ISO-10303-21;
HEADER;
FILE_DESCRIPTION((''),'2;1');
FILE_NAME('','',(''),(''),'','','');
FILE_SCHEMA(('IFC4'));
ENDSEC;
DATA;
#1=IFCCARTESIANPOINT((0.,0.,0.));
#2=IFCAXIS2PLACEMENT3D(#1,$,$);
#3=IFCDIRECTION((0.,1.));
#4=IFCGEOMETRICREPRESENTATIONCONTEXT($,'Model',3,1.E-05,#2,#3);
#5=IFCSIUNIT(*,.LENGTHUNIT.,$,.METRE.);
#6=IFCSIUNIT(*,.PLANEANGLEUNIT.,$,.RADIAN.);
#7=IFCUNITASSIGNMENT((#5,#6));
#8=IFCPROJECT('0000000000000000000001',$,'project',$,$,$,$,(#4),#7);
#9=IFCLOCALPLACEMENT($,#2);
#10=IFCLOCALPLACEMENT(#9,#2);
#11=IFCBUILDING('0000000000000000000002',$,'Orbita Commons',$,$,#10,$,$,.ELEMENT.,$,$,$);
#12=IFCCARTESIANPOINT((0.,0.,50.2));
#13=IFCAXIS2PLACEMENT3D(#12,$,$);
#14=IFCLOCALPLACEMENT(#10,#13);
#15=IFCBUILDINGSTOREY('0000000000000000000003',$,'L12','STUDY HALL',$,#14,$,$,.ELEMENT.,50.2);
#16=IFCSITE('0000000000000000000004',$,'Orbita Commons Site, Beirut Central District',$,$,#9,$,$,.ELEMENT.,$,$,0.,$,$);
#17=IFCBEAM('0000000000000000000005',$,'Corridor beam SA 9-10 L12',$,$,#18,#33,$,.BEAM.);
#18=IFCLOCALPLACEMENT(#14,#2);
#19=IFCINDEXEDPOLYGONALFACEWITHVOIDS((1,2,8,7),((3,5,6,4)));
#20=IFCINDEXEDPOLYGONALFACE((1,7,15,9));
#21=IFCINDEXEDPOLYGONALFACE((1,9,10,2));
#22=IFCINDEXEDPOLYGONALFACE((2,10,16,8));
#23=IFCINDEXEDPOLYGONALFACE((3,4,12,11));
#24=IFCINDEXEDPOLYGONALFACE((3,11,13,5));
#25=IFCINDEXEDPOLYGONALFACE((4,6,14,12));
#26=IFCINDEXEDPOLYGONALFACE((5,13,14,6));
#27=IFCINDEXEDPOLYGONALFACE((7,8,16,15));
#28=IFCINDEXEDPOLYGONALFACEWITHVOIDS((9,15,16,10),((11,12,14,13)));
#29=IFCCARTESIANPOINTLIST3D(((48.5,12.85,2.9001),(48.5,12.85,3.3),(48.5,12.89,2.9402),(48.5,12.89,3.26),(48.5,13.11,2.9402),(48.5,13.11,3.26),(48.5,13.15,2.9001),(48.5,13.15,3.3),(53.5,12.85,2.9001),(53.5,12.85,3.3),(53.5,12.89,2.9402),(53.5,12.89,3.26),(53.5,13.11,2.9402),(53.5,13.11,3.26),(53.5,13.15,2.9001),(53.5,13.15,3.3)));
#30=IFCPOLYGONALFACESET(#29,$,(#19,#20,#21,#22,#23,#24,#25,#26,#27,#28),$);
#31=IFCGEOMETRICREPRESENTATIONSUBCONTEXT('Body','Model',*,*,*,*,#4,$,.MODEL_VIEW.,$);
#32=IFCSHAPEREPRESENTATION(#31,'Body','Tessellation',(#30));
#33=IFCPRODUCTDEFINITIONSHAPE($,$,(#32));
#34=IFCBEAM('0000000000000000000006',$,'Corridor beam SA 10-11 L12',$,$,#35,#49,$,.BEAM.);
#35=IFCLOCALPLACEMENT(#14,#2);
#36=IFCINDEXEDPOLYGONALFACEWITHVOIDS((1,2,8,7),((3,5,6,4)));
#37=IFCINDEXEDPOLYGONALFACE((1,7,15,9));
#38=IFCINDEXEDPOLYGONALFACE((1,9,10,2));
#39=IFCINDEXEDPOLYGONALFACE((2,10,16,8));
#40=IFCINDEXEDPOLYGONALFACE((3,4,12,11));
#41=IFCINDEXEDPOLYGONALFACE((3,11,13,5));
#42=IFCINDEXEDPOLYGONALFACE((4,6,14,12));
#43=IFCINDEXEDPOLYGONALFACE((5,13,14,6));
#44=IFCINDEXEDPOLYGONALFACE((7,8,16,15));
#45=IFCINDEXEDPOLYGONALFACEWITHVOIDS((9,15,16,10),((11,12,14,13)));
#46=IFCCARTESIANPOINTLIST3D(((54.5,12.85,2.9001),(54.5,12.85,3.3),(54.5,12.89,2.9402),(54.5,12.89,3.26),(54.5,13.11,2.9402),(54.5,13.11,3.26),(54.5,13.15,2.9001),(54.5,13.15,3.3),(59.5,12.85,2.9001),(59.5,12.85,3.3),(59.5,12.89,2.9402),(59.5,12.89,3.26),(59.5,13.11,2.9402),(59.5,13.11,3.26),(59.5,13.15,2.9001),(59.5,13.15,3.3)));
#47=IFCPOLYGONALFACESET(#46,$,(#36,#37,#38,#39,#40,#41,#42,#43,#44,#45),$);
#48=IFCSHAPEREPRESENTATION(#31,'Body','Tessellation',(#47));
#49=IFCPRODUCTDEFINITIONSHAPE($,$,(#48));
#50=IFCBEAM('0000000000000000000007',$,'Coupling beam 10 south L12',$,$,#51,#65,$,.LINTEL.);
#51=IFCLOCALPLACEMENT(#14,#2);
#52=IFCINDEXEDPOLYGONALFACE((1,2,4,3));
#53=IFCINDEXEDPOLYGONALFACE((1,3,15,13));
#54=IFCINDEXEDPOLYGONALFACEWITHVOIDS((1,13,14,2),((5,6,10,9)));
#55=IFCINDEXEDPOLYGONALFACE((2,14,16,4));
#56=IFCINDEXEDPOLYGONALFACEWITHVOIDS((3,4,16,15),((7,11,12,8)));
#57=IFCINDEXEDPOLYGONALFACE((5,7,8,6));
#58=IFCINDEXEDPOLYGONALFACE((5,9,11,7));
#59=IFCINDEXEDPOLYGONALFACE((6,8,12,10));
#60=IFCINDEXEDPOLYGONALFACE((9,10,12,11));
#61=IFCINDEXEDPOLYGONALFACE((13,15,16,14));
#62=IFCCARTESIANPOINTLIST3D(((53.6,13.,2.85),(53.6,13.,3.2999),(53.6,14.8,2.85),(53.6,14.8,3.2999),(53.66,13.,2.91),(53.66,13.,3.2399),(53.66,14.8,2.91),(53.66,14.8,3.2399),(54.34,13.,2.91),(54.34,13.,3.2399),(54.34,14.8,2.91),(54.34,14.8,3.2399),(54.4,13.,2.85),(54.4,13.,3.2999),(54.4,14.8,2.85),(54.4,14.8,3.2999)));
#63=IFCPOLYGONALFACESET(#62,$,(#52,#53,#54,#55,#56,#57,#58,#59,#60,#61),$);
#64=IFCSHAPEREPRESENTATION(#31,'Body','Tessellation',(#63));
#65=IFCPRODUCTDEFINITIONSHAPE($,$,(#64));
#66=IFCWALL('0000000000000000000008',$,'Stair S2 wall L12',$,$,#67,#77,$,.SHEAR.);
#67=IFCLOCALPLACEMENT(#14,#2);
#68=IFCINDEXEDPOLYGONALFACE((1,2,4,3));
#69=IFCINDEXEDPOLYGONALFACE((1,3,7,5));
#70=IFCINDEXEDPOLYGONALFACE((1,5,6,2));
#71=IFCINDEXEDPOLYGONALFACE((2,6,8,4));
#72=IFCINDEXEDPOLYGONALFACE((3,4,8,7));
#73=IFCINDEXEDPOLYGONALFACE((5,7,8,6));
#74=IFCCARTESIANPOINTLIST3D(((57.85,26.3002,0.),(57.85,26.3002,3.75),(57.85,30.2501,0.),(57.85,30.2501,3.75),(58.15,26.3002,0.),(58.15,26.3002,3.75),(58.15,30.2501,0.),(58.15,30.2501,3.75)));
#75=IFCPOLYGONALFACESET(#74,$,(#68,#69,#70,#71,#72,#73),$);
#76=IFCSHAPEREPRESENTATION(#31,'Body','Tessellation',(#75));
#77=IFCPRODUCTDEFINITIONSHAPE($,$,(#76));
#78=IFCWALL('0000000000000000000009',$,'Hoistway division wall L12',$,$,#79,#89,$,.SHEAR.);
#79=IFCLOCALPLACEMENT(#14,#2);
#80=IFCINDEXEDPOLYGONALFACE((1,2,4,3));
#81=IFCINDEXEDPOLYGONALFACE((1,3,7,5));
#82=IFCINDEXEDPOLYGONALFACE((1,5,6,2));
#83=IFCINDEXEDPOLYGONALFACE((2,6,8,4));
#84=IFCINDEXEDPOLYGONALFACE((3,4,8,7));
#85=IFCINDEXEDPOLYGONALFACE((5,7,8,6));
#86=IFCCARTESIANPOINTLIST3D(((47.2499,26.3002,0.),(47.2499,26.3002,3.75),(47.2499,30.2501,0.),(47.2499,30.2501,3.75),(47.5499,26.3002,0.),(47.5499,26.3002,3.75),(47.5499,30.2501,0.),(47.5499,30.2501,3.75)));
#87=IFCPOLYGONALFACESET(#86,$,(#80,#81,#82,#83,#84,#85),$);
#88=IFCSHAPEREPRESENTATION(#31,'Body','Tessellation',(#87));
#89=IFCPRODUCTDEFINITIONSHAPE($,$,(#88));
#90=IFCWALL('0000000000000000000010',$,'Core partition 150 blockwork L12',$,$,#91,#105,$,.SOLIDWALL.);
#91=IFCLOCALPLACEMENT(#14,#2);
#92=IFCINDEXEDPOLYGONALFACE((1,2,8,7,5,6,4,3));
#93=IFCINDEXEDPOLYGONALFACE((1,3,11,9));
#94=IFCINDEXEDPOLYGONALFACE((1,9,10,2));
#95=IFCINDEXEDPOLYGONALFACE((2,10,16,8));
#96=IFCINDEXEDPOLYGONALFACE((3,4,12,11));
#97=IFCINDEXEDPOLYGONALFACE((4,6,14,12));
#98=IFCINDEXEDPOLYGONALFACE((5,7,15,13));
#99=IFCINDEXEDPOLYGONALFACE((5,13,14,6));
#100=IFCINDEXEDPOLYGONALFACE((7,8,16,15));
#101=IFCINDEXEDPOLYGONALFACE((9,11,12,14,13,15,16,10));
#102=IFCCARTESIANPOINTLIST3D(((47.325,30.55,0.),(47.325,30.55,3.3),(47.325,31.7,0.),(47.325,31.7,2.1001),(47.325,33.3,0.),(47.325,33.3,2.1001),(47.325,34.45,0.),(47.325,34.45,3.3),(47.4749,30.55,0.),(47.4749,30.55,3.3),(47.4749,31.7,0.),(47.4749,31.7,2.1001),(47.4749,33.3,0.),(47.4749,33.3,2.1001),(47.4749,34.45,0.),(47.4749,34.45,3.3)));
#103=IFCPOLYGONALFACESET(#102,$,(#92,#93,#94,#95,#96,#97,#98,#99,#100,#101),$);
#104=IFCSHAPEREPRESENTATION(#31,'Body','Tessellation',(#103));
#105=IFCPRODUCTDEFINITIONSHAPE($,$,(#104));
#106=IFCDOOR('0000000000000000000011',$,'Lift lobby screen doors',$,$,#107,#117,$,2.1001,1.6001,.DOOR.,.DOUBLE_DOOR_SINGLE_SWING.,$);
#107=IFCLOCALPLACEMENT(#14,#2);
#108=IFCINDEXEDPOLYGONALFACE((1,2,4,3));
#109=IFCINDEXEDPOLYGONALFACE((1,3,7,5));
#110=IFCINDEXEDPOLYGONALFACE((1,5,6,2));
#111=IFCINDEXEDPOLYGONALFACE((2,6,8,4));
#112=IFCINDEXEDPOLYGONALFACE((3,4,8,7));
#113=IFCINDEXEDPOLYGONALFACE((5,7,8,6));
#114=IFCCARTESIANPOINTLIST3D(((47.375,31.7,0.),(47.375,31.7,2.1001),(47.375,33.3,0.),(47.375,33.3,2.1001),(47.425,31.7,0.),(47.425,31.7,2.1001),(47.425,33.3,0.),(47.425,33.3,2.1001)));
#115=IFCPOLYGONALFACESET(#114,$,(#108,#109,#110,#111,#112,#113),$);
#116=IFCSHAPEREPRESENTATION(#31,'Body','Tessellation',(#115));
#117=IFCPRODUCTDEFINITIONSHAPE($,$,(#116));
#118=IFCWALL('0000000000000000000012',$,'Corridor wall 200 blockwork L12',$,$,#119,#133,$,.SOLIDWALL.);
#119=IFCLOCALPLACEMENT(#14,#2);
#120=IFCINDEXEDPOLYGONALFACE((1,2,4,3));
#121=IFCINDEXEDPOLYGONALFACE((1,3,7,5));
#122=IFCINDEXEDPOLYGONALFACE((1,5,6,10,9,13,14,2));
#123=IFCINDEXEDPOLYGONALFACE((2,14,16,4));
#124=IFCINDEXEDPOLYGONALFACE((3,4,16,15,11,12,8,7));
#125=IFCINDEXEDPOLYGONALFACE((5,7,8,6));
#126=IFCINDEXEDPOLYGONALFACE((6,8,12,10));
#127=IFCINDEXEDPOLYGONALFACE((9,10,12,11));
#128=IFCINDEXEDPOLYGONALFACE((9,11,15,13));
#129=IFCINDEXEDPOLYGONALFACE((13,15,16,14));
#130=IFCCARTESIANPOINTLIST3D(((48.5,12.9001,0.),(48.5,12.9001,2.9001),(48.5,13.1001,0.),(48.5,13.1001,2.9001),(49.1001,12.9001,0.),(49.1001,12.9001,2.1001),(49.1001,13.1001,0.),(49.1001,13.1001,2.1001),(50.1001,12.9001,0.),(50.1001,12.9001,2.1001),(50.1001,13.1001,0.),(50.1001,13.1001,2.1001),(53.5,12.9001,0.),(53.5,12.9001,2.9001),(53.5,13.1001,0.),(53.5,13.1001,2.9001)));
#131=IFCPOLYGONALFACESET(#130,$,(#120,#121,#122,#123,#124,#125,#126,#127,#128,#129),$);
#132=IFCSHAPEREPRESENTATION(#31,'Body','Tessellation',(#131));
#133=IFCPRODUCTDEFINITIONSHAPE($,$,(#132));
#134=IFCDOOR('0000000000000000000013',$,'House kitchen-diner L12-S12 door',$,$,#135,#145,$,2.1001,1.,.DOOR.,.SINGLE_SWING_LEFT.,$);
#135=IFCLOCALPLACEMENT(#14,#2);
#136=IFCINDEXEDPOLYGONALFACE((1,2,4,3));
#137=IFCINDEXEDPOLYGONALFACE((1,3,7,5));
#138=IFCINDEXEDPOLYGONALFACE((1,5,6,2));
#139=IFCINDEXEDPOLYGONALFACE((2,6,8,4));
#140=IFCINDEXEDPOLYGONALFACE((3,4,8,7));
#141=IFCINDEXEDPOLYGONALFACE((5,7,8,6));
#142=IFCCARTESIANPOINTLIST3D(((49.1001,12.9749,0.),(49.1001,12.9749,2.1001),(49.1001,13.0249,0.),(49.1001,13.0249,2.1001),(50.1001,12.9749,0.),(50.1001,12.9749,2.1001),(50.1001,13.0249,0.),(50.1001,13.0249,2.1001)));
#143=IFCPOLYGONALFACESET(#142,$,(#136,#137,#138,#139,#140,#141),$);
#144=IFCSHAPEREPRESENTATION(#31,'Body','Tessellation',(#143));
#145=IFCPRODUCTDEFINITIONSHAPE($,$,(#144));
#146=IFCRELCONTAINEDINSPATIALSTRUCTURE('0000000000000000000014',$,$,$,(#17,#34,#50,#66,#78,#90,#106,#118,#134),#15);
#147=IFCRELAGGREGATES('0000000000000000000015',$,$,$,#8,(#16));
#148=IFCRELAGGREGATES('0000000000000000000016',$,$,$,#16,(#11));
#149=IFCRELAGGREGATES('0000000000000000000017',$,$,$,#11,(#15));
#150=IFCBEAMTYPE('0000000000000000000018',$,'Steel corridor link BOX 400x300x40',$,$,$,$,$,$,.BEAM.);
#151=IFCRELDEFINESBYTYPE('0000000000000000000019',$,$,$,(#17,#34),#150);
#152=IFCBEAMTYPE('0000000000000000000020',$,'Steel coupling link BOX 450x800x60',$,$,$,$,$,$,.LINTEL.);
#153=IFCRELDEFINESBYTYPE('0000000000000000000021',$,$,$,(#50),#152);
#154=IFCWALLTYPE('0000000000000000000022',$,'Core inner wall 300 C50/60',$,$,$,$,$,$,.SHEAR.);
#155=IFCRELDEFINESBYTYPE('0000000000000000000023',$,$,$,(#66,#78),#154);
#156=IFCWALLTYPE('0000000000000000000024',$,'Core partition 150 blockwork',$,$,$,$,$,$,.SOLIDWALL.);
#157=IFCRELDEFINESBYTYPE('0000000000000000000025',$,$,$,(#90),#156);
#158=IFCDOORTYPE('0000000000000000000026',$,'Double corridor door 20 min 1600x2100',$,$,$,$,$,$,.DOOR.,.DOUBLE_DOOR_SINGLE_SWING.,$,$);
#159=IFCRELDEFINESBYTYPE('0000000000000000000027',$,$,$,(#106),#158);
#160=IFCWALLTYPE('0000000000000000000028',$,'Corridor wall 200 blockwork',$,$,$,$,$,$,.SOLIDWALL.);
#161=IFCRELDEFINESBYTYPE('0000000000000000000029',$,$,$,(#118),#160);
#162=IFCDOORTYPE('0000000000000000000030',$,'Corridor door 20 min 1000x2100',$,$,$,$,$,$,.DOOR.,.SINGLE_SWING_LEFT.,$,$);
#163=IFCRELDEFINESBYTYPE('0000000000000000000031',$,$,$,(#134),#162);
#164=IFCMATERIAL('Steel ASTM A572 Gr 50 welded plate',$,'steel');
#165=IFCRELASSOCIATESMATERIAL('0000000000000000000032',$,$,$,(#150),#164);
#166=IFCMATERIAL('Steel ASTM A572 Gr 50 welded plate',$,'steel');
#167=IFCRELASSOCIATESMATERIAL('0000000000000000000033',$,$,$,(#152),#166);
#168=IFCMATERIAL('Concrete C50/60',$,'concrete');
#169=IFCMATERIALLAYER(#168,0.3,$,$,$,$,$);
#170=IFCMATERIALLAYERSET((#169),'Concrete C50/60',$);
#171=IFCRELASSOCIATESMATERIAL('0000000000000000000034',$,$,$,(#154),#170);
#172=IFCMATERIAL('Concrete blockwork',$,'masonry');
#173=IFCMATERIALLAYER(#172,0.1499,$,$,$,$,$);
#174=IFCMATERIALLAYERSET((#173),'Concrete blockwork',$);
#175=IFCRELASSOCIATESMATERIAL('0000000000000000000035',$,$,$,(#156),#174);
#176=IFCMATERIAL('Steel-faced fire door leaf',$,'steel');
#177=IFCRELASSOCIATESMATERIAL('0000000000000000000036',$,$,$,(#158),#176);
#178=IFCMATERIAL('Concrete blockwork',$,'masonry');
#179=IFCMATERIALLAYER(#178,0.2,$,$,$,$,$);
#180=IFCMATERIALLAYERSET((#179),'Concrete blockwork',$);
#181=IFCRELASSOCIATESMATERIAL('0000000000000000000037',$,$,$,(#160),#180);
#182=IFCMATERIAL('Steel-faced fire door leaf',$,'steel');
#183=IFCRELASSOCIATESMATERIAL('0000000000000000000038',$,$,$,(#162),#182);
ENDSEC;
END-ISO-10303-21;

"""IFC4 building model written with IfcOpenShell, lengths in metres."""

from ifc_helpers import new_model, si_unit, direction, frame, frame_2d, origin, origin_2d, place, context, subcontext, project, spatial, polyline, rectangle, hollow_rectangle, outline, extrude, material, layer, layer_set, material_profile, profile_set, type_object, element, fill, save


model = new_model("IFC4")

# Units and contexts
model_context = context("Model", 3, precision=1e-05, world=origin(), true_north=direction((0.0, 1.0)))
body_context = subcontext(model_context, "Body", "Model", "MODEL_VIEW")
ifc_project = project(units=[si_unit("LENGTHUNIT", "METRE"), si_unit("PLANEANGLEUNIT", "RADIAN")], contexts=[model_context])

# Site, building, storey
site_placement = place(None, origin())
site = spatial("IfcSite", under=ifc_project, at=site_placement, Name="Orbita Commons Site, Beirut Central District", CompositionType="ELEMENT", RefElevation=0.0)
building_placement = place(site_placement, origin())
building = spatial("IfcBuilding", under=site, at=building_placement, Name="Orbita Commons", CompositionType="ELEMENT")
storey_placement = place(building_placement, frame((0.0, 0.0, 50.2)))
storey = spatial("IfcBuildingStorey", under=building, at=storey_placement, Name="L12", Description="STUDY HALL", CompositionType="ELEMENT", Elevation=50.2)

# Beams
ifc_material_1 = material(Name="Steel ASTM A572 Gr 50 welded plate", Category="steel")
ifc_material_profile_1 = material_profile(ifc_material_1, hollow_rectangle(XDim=0.3, YDim=0.3999, WallThickness=0.04, at=origin_2d()), Name="BOX 400x300x40")
ifc_profile_set_1 = profile_set([ifc_material_profile_1], Name="Steel ASTM A572 Gr 50 welded plate")
beam_type_1 = type_object("IfcBeamType", Name="Steel corridor link BOX 400x300x40", PredefinedType="BEAM", material=ifc_profile_set_1)
for number, where, z_axis, x_axis, name in (
    (1, (48.5, 13.0, 3.1001), (1.0, 0.0, 0.0), (0.0, 1.0, 0.0), "Corridor beam SA 9-10 L12"),
    (2, (54.5, 13.0, 3.1001), (1.0, 0.0, 0.0), (0.0, 1.0, 0.0), "Corridor beam SA 10-11 L12"),
):
    element("IfcBeam", number, at=place(storey_placement, frame(where, z_axis=z_axis, x_axis=x_axis)), inside=storey, type_object=beam_type_1, Name=name, PredefinedType="BEAM", context=body_context, shape_type="SweptSolid", body=[
        extrude(hollow_rectangle(XDim=0.3, YDim=0.3999, WallThickness=0.04, at=origin_2d()), origin(), (0.0, 0.0, 1.0), 5.0),
    ])
ifc_material_2 = material(Name="Steel ASTM A572 Gr 50 welded plate", Category="steel")
ifc_material_profile_2 = material_profile(ifc_material_2, hollow_rectangle(XDim=0.8, YDim=0.45, WallThickness=0.0601, at=origin_2d()), Name="BOX 450x800x60")
ifc_profile_set_2 = profile_set([ifc_material_profile_2], Name="Steel ASTM A572 Gr 50 welded plate")
beam_type_2 = type_object("IfcBeamType", Name="Steel coupling link BOX 450x800x60", PredefinedType="LINTEL", material=ifc_profile_set_2)
beam_placement = place(storey_placement, frame((54.0, 13.0, 3.075), z_axis=(0.0, 1.0, 0.0), x_axis=(-1.0, 0.0, 0.0)))
element("IfcBeam", 3, at=beam_placement, inside=storey, type_object=beam_type_2, Name="Coupling beam 10 south L12", PredefinedType="LINTEL", context=body_context, shape_type="SweptSolid", body=[
    extrude(hollow_rectangle(XDim=0.8, YDim=0.45, WallThickness=0.0601, at=origin_2d()), origin(), (0.0, 0.0, 1.0), 1.8),
])

# Walls
ifc_material_3 = material(Name="Concrete C50/60", Category="concrete")
ifc_layer_1 = layer(ifc_material_3, 0.3)
ifc_layer_set_1 = layer_set([ifc_layer_1], Name="Concrete C50/60")
wall_type_1 = type_object("IfcWallType", Name="Core inner wall 300 C50/60", PredefinedType="SHEAR", material=ifc_layer_set_1)
for number, where, z_axis, x_axis, name in (
    (4, (58.0, 26.3, 0.0), (0.0, 0.0, 1.0), (0.0, 1.0, 0.0), "Stair S2 wall L12"),
    (5, (47.3999, 26.3, 0.0), (0.0, 0.0, 1.0), (0.0, 1.0, 0.0), "Hoistway division wall L12"),
):
    element("IfcWall", number, at=place(storey_placement, frame(where, z_axis=z_axis, x_axis=x_axis)), inside=storey, type_object=wall_type_1, Name=name, PredefinedType="SHEAR", context=body_context, shape_type="SweptSolid", body=[
        extrude(rectangle(XDim=3.95, YDim=0.3, at=frame_2d((1.9751, 0.0))), origin(), (0.0, 0.0, 1.0), 3.75),
    ])

# Walls, openings, doors
ifc_material_4 = material(Name="Concrete blockwork", Category="masonry")
ifc_layer_2 = layer(ifc_material_4, 0.1499)
ifc_layer_set_2 = layer_set([ifc_layer_2], Name="Concrete blockwork")
wall_type_2 = type_object("IfcWallType", Name="Core partition 150 blockwork", PredefinedType="SOLIDWALL", material=ifc_layer_set_2)
wall_1_placement = place(storey_placement, frame((47.3999, 30.55, 0.0), z_axis=(0.0, 0.0, 1.0), x_axis=(0.0, 1.0, 0.0)))
wall_1 = element("IfcWall", 6, at=wall_1_placement, inside=storey, type_object=wall_type_2, Name="Core partition 150 blockwork L12", PredefinedType="SOLIDWALL", context=body_context, shape_type="SweptSolid", body=[
    extrude(rectangle(XDim=3.8999, YDim=0.1499, at=frame_2d((1.95, 0.0))), origin(), (0.0, 0.0, 1.0), 3.3),
])
opening_1_placement = place(wall_1_placement, frame((1.1499, 0.0, 0.0)))
opening_1 = element("IfcOpeningElement", 7, at=opening_1_placement, cuts=wall_1, PredefinedType="OPENING", context=body_context, shape_type="SweptSolid", body=[
    extrude(rectangle(XDim=1.6001, YDim=2.1001, at=frame_2d((0.8, 1.05))), frame((0.0, 0.085, 0.0), z_axis=(0.0, -1.0, 0.0), x_axis=(1.0, 0.0, 0.0)), (0.0, 0.0, 1.0), 0.1699),
])
ifc_material_5 = material(Name="Steel-faced fire door leaf", Category="steel")
door_type_1 = type_object("IfcDoorType", Name="Double corridor door 20 min 1600x2100", OperationType="DOUBLE_DOOR_SINGLE_SWING", PredefinedType="DOOR", material=ifc_material_5)
door_1_placement = place(opening_1_placement, origin())
door_1 = element("IfcDoor", 8, at=door_1_placement, inside=storey, type_object=door_type_1, Name="Lift lobby screen doors", OperationType="DOUBLE_DOOR_SINGLE_SWING", OverallHeight=2.1001, OverallWidth=1.6001, PredefinedType="DOOR", context=body_context, shape_type="SweptSolid", body=[
    extrude(rectangle(XDim=1.6001, YDim=2.1001, at=frame_2d((0.8, 1.05))), frame((0.0, 0.0249, 0.0), z_axis=(0.0, -1.0, 0.0), x_axis=(1.0, 0.0, 0.0)), (0.0, 0.0, 1.0), 0.05),
])
fill(opening_1, door_1)
ifc_material_6 = material(Name="Concrete blockwork", Category="masonry")
ifc_layer_3 = layer(ifc_material_6, 0.2)
ifc_layer_set_3 = layer_set([ifc_layer_3], Name="Concrete blockwork")
wall_type_3 = type_object("IfcWallType", Name="Corridor wall 200 blockwork", PredefinedType="SOLIDWALL", material=ifc_layer_set_3)
wall_2_placement = place(storey_placement, frame((48.5, 13.0, 0.0), z_axis=(0.0, 0.0, 1.0), x_axis=(1.0, 0.0, 0.0)))
wall_2 = element("IfcWall", 9, at=wall_2_placement, inside=storey, type_object=wall_type_3, Name="Corridor wall 200 blockwork L12", PredefinedType="SOLIDWALL", context=body_context, shape_type="SweptSolid", body=[
    extrude(outline(polyline([(0.0, 0.0), (5.0, 0.0), (5.0, 2.9001), (0.0, 2.9001), (0.0, 0.0)])), frame((0.0, 0.1001, 0.0), z_axis=(0.0, -1.0, 0.0), x_axis=(1.0, 0.0, 0.0)), (0.0, 0.0, 1.0), 0.2),
])
opening_2_placement = place(wall_2_placement, frame((0.6001, 0.0, 0.0)))
opening_2 = element("IfcOpeningElement", 10, at=opening_2_placement, cuts=wall_2, PredefinedType="OPENING", context=body_context, shape_type="SweptSolid", body=[
    extrude(rectangle(XDim=1.0, YDim=2.1001, at=frame_2d((0.5, 1.05))), frame((0.0, 0.1099, 0.0), z_axis=(0.0, -1.0, 0.0), x_axis=(1.0, 0.0, 0.0)), (0.0, 0.0, 1.0), 0.22),
])
ifc_material_7 = material(Name="Steel-faced fire door leaf", Category="steel")
door_type_2 = type_object("IfcDoorType", Name="Corridor door 20 min 1000x2100", OperationType="SINGLE_SWING_LEFT", PredefinedType="DOOR", material=ifc_material_7)
door_2_placement = place(opening_2_placement, origin())
door_2 = element("IfcDoor", 11, at=door_2_placement, inside=storey, type_object=door_type_2, Name="House kitchen-diner L12-S12 door", OperationType="SINGLE_SWING_LEFT", OverallHeight=2.1001, OverallWidth=1.0, PredefinedType="DOOR", context=body_context, shape_type="SweptSolid", body=[
    extrude(rectangle(XDim=1.0, YDim=2.1001, at=frame_2d((0.5, 1.05))), frame((0.0, 0.0249, 0.0), z_axis=(0.0, -1.0, 0.0), x_axis=(1.0, 0.0, 0.0)), (0.0, 0.0, 1.0), 0.05),
])
fill(opening_2, door_2)

save(model, "model.ifc")
